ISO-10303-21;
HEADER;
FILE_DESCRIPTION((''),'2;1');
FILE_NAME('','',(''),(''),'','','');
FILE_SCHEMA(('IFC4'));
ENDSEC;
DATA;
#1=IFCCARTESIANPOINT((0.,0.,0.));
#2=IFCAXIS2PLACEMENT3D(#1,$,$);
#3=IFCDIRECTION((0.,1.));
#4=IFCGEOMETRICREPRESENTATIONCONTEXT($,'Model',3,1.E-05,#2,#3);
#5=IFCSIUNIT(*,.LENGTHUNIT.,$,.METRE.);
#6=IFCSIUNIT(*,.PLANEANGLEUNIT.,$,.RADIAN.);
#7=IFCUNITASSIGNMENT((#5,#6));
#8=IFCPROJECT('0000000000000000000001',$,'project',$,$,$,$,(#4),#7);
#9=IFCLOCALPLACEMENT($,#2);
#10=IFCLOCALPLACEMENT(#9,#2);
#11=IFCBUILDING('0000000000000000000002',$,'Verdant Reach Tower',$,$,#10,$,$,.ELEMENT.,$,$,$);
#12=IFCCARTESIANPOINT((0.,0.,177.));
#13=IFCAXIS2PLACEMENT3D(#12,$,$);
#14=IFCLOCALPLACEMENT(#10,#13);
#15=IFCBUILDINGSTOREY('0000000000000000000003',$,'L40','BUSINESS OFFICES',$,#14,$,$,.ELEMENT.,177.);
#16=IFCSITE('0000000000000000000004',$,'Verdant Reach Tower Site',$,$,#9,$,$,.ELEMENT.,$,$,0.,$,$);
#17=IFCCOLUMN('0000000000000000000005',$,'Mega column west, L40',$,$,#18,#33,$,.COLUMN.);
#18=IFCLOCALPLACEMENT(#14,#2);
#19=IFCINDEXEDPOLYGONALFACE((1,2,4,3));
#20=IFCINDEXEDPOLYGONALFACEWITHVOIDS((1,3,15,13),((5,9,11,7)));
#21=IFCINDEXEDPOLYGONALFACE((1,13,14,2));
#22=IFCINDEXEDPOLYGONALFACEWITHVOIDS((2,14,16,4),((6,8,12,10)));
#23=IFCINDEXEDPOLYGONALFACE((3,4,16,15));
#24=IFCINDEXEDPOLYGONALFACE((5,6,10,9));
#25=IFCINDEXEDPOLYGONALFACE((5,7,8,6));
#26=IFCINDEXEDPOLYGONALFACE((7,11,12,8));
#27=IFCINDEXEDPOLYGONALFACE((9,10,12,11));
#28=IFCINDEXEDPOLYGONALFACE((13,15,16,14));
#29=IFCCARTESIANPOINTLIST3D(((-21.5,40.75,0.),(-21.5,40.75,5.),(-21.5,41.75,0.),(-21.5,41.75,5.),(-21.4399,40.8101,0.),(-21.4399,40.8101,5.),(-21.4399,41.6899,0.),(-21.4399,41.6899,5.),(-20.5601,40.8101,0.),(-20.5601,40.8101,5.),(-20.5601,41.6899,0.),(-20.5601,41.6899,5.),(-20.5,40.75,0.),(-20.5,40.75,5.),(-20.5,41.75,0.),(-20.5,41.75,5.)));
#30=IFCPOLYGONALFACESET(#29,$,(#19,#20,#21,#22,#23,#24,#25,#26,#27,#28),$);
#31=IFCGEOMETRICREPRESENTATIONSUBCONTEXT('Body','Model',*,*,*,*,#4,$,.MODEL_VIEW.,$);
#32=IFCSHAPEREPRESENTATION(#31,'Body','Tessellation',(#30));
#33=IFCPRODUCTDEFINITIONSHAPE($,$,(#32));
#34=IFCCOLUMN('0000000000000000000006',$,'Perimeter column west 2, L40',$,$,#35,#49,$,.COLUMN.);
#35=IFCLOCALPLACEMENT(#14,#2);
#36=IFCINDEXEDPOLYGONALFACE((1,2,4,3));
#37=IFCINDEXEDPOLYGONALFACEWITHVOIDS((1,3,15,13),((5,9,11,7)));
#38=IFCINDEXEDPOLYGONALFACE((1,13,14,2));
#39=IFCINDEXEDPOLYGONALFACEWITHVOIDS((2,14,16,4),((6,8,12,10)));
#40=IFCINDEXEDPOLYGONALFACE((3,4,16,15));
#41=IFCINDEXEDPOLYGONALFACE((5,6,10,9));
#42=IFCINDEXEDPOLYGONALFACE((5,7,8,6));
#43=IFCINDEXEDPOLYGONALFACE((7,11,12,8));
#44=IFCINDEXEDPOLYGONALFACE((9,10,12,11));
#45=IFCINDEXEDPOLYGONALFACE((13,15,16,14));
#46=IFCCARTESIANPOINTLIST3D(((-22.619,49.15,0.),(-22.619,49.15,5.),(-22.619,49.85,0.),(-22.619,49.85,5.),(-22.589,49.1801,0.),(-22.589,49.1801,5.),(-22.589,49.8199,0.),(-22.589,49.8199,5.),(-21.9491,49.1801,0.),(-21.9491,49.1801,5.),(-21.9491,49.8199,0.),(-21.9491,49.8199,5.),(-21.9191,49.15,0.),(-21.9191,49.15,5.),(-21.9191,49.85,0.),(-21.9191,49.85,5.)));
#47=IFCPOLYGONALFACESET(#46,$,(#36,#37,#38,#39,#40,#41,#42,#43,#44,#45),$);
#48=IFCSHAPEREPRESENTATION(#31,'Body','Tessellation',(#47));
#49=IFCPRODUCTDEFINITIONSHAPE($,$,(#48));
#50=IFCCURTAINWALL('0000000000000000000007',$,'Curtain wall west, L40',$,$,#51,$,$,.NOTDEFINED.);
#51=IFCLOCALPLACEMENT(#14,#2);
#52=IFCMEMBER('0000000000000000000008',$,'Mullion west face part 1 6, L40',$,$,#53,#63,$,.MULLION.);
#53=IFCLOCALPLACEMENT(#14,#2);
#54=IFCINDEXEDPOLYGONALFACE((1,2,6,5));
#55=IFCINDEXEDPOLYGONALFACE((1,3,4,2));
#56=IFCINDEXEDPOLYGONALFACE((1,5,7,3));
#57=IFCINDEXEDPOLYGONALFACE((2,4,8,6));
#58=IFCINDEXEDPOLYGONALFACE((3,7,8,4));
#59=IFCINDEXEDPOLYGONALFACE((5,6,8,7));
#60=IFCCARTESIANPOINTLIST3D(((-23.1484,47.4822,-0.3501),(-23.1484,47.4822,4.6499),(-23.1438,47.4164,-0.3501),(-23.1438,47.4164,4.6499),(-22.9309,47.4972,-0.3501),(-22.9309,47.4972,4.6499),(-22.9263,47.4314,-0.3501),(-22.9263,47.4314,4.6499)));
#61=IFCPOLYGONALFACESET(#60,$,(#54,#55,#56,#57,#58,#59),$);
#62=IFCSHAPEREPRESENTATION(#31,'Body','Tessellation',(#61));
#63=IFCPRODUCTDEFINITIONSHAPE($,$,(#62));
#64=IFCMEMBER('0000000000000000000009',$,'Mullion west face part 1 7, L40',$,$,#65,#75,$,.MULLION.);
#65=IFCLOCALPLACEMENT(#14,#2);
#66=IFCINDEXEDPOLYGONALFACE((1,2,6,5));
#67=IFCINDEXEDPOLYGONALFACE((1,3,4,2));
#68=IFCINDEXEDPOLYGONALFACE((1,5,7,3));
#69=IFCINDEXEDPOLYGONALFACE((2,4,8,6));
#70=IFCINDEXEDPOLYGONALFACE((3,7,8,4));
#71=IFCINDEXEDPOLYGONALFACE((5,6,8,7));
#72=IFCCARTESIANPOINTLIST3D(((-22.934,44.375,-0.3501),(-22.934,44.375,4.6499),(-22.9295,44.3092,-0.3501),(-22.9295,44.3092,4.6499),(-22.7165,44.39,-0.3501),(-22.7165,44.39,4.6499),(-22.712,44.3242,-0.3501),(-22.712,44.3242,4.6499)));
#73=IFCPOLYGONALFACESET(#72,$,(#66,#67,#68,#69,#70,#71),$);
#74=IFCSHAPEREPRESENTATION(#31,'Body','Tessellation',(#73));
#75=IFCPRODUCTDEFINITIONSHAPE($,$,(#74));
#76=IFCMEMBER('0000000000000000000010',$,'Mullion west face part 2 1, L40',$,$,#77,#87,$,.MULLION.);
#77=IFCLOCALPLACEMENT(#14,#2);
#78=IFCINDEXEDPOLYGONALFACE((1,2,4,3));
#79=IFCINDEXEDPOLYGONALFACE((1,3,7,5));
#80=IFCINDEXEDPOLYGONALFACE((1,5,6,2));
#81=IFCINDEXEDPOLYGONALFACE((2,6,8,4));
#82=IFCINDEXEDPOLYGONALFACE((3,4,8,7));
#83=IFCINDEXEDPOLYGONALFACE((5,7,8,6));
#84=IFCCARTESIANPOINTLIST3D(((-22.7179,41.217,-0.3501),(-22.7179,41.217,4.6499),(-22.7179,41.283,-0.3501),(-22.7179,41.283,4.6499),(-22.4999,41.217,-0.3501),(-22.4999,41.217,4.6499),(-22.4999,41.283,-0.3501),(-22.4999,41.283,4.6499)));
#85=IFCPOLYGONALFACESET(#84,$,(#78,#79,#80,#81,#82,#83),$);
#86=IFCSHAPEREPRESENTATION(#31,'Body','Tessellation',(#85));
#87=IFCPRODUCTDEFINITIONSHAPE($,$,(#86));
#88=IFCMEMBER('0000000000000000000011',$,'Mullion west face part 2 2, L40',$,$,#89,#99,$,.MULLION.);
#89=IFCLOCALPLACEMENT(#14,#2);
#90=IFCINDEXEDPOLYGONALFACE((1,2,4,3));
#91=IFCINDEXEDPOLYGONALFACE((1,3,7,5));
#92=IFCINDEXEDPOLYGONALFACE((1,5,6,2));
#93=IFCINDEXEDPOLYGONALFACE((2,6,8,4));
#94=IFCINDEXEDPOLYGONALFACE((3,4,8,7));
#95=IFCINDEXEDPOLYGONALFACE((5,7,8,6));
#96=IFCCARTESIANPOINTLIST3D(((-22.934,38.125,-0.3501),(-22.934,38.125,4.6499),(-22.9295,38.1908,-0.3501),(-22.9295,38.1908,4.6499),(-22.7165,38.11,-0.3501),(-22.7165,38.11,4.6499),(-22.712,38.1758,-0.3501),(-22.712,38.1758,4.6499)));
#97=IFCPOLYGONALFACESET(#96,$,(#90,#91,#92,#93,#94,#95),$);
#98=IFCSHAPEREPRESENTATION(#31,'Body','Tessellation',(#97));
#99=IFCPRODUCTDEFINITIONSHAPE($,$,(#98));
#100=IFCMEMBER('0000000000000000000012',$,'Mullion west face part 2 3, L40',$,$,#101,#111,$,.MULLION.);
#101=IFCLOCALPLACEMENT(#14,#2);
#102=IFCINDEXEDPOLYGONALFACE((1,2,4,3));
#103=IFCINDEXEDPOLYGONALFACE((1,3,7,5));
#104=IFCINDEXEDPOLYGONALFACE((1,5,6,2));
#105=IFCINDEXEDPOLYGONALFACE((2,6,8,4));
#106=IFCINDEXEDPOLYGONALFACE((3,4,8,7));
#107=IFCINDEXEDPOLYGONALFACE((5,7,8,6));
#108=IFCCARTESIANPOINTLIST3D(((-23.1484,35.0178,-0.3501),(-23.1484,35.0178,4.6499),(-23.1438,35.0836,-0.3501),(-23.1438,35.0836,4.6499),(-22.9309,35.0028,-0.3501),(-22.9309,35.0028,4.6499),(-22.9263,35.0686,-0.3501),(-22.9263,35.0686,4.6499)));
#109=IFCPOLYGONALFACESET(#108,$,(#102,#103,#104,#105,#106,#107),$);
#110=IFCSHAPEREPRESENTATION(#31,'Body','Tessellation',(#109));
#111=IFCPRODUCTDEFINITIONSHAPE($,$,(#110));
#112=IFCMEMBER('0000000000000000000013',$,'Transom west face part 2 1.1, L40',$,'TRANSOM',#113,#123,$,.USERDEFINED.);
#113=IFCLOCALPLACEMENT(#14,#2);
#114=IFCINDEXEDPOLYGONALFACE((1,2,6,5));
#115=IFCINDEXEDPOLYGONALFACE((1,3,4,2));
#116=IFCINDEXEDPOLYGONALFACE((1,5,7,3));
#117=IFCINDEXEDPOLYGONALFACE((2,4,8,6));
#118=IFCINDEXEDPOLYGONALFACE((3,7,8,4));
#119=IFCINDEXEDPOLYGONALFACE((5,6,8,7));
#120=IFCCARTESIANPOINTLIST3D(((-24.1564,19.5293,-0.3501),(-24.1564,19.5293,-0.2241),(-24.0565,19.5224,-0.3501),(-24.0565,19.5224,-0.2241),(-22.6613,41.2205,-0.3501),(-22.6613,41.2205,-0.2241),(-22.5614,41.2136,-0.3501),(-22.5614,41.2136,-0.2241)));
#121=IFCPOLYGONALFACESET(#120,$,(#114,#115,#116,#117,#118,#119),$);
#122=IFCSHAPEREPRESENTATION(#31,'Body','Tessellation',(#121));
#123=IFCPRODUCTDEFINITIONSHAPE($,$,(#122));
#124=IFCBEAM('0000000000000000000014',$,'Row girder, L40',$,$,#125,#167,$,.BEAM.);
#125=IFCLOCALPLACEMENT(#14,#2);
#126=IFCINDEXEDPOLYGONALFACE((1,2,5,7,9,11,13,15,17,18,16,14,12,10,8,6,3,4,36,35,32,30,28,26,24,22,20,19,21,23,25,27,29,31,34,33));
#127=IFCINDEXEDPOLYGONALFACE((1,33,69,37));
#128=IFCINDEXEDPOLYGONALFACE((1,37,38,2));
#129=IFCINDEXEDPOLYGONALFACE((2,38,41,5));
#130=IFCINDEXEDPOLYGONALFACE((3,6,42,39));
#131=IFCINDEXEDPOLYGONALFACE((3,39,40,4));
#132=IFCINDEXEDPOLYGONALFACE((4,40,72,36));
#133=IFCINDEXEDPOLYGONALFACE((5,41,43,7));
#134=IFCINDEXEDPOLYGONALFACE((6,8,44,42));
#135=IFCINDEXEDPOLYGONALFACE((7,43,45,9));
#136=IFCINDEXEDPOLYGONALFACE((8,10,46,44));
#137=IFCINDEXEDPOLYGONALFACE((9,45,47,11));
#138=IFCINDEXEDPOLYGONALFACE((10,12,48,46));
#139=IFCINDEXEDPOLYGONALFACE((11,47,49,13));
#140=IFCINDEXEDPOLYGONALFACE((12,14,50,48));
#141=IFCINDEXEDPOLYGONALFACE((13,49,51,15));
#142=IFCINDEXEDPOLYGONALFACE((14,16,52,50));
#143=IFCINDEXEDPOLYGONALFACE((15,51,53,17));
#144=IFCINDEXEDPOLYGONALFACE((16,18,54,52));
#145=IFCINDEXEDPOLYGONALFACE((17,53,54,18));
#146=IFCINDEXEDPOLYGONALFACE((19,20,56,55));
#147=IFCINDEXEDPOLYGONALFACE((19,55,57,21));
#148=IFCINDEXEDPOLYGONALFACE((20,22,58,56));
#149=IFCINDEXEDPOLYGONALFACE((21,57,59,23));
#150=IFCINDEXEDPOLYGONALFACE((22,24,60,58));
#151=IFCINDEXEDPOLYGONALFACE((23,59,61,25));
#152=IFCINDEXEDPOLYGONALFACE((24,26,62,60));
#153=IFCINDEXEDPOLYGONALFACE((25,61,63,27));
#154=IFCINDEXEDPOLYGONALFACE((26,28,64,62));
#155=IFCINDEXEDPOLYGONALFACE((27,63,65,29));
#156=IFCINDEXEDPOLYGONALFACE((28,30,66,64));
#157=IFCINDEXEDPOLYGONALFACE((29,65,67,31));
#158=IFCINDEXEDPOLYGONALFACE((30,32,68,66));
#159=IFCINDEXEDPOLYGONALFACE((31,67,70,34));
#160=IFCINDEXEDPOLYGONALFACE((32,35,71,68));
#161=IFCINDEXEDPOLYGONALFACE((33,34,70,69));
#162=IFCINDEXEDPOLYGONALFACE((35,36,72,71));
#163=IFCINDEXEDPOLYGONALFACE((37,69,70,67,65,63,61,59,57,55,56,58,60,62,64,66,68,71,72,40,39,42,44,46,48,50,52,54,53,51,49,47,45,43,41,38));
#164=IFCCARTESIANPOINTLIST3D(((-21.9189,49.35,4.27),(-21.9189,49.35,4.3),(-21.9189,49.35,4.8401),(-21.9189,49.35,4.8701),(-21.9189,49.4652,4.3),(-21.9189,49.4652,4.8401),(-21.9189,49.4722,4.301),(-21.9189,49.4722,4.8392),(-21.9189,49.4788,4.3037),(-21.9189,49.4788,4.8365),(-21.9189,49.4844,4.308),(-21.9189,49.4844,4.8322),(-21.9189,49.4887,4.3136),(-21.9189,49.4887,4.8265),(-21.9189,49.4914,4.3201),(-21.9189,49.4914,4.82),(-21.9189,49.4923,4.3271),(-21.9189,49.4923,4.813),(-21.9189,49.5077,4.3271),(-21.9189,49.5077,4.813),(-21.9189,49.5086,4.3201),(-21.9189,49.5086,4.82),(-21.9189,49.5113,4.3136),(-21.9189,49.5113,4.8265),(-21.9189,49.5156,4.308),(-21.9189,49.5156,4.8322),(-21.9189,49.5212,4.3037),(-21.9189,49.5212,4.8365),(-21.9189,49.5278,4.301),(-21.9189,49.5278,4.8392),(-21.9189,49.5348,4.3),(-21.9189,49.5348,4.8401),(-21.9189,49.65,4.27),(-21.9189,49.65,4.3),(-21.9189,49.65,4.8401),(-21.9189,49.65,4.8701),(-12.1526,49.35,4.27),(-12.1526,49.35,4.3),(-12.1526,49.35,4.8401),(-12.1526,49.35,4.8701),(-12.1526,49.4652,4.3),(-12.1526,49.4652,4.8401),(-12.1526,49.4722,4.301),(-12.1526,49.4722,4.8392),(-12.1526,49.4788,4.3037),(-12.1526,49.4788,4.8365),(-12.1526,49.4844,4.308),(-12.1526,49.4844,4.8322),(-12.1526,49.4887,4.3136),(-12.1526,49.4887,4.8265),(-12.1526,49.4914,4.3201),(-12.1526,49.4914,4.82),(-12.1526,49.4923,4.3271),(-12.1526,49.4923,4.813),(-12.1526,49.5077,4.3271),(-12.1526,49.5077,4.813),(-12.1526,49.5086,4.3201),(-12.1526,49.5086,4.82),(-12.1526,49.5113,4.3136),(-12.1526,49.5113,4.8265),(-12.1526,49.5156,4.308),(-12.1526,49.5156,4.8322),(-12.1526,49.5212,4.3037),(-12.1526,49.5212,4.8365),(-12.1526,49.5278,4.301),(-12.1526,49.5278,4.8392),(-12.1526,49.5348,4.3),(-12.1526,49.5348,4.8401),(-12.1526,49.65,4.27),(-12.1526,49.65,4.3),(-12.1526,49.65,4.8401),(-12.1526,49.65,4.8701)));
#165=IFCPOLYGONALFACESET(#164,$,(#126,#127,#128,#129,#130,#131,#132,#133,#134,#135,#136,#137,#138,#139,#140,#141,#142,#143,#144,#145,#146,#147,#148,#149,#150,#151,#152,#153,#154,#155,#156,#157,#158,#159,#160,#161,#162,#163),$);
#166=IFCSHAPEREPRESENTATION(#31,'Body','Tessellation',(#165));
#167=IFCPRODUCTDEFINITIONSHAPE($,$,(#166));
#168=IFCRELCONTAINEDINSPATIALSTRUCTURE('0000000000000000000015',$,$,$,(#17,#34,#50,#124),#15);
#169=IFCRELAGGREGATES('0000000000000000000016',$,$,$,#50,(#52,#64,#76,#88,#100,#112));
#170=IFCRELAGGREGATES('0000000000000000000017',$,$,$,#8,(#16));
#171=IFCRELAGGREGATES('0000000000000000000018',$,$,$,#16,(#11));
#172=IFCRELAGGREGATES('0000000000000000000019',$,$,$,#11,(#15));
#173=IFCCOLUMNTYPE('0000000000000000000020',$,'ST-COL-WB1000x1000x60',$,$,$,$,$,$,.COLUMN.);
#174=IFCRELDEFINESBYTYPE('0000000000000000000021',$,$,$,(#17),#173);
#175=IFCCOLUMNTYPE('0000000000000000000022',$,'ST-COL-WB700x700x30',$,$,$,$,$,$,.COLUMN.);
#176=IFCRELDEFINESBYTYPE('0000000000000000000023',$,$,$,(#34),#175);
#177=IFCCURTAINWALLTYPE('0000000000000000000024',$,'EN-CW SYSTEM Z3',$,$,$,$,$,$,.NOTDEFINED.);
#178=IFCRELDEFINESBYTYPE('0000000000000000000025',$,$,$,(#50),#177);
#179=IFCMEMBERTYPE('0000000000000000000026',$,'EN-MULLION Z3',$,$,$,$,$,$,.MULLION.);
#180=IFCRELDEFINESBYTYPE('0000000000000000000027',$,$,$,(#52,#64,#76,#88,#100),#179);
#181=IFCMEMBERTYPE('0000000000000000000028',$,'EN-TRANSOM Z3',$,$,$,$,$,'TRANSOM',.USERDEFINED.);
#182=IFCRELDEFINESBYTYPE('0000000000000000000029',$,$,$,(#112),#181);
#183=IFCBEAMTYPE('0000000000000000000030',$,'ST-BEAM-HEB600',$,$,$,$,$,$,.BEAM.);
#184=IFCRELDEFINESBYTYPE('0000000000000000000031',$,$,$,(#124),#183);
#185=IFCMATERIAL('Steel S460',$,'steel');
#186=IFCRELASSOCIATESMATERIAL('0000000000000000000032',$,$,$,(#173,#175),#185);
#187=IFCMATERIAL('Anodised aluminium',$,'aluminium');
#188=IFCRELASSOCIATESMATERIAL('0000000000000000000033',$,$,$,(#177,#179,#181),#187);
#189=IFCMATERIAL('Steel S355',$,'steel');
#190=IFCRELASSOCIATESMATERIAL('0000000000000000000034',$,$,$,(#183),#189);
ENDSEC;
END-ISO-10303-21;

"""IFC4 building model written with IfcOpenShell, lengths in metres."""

from ifc_helpers import new_model, si_unit, direction, frame, origin, origin_2d, place, context, subcontext, project, spatial, rectangle, hollow_rectangle, i_section, extrude, material, material_profile, profile_set, type_object, element, aggregate, save


model = new_model("IFC4")

# Units and contexts
model_context = context("Model", 3, precision=1e-05, world=origin(), true_north=direction((0.0, 1.0)))
body_context = subcontext(model_context, "Body", "Model", "MODEL_VIEW")
ifc_project = project(units=[si_unit("LENGTHUNIT", "METRE"), si_unit("PLANEANGLEUNIT", "RADIAN")], contexts=[model_context])

# Site, building, storey
site_placement = place(None, origin())
site = spatial("IfcSite", under=ifc_project, at=site_placement, Name="Verdant Reach Tower Site", CompositionType="ELEMENT", RefElevation=0.0)
building_placement = place(site_placement, origin())
building = spatial("IfcBuilding", under=site, at=building_placement, Name="Verdant Reach Tower", CompositionType="ELEMENT")
storey_placement = place(building_placement, frame((0.0, 0.0, 177.0)))
storey = spatial("IfcBuildingStorey", under=building, at=storey_placement, Name="L40", Description="BUSINESS OFFICES", CompositionType="ELEMENT", Elevation=177.0)

# Columns
ifc_material_1 = material(Name="Steel S460", Category="steel")
ifc_material_profile_1 = material_profile(ifc_material_1, hollow_rectangle(XDim=1.0, YDim=1.0, WallThickness=0.0601, at=origin_2d()), Name="WB 1000x1000x60")
ifc_profile_set_1 = profile_set([ifc_material_profile_1], Name="Steel S460")
column_type_1 = type_object("IfcColumnType", Name="ST-COL-WB1000x1000x60", PredefinedType="COLUMN", material=ifc_profile_set_1)
column_1_placement = place(storey_placement, frame((-21.0, 41.25, 0.0), z_axis=(0.0, 0.0, 1.0), x_axis=(1.0, 0.0, 0.0)))
element("IfcColumn", 1, at=column_1_placement, inside=storey, type_object=column_type_1, Name="Mega column west, L40", PredefinedType="COLUMN", context=body_context, shape_type="SweptSolid", body=[
    extrude(hollow_rectangle(XDim=1.0, YDim=1.0, WallThickness=0.0601, at=origin_2d()), origin(), (0.0, 0.0, 1.0), 5.0),
])
ifc_material_profile_2 = material_profile(ifc_material_1, hollow_rectangle(XDim=0.7, YDim=0.7, WallThickness=0.03, at=origin_2d()), Name="WB 700x700x30")
ifc_profile_set_2 = profile_set([ifc_material_profile_2], Name="Steel S460")
column_type_2 = type_object("IfcColumnType", Name="ST-COL-WB700x700x30", PredefinedType="COLUMN", material=ifc_profile_set_2)
column_2_placement = place(storey_placement, frame((-22.269, 49.5, 0.0), z_axis=(0.0, 0.0, 1.0), x_axis=(1.0, 0.0, 0.0)))
element("IfcColumn", 2, at=column_2_placement, inside=storey, type_object=column_type_2, Name="Perimeter column west 2, L40", PredefinedType="COLUMN", context=body_context, shape_type="SweptSolid", body=[
    extrude(hollow_rectangle(XDim=0.7, YDim=0.7, WallThickness=0.03, at=origin_2d()), origin(), (0.0, 0.0, 1.0), 5.0),
])

# Curtain wall, members
ifc_material_2 = material(Name="Anodised aluminium", Category="aluminium")
curtain_wall_type = type_object("IfcCurtainWallType", Name="EN-CW SYSTEM Z3", PredefinedType="NOTDEFINED", material=ifc_material_2)
curtain_wall_placement = place(storey_placement, origin())
curtain_wall = element("IfcCurtainWall", 3, at=curtain_wall_placement, inside=storey, type_object=curtain_wall_type, Name="Curtain wall west, L40", PredefinedType="NOTDEFINED")
ifc_material_profile_3 = material_profile(ifc_material_2, rectangle(XDim=0.218, YDim=0.0659, at=origin_2d()), Name="Mullion 66x218")
ifc_profile_set_3 = profile_set([ifc_material_profile_3], Name="Anodised aluminium")
member_type_1 = type_object("IfcMemberType", Name="EN-MULLION Z3", PredefinedType="MULLION", material=ifc_profile_set_3)
member_1_placement = place(storey_placement, frame((-23.0374, 47.4568, -0.3501), z_axis=(0.0, 0.0, 1.0), x_axis=(-0.99763, -0.068802, 0.0)))
member_1 = element("IfcMember", 4, at=member_1_placement, type_object=member_type_1, Name="Mullion west face part 1 6, L40", PredefinedType="MULLION", context=body_context, shape_type="SweptSolid", body=[
    extrude(rectangle(XDim=0.218, YDim=0.0659, at=origin_2d()), origin(), (0.0, 0.0, 1.0), 5.0),
])
member_2_placement = place(storey_placement, frame((-22.823, 44.3496, -0.3501), z_axis=(0.0, 0.0, 1.0), x_axis=(-0.99763, -0.068802, 0.0)))
member_2 = element("IfcMember", 5, at=member_2_placement, type_object=member_type_1, Name="Mullion west face part 1 7, L40", PredefinedType="MULLION", context=body_context, shape_type="SweptSolid", body=[
    extrude(rectangle(XDim=0.218, YDim=0.0659, at=origin_2d()), origin(), (0.0, 0.0, 1.0), 5.0),
])
member_3_placement = place(storey_placement, frame((-22.6089, 41.25, -0.3501), z_axis=(0.0, 0.0, 1.0), x_axis=(-1.0, 0.0, 0.0)))
member_3 = element("IfcMember", 6, at=member_3_placement, type_object=member_type_1, Name="Mullion west face part 2 1, L40", PredefinedType="MULLION", context=body_context, shape_type="SweptSolid", body=[
    extrude(rectangle(XDim=0.218, YDim=0.0659, at=origin_2d()), origin(), (0.0, 0.0, 1.0), 5.0),
])
member_4_placement = place(storey_placement, frame((-22.823, 38.1504, -0.3501), z_axis=(0.0, 0.0, 1.0), x_axis=(-0.99763, 0.068802, 0.0)))
member_4 = element("IfcMember", 7, at=member_4_placement, type_object=member_type_1, Name="Mullion west face part 2 2, L40", PredefinedType="MULLION", context=body_context, shape_type="SweptSolid", body=[
    extrude(rectangle(XDim=0.218, YDim=0.0659, at=origin_2d()), origin(), (0.0, 0.0, 1.0), 5.0),
])
member_5_placement = place(storey_placement, frame((-23.0374, 35.0432, -0.3501), z_axis=(0.0, 0.0, 1.0), x_axis=(-0.99763, 0.068802, 0.0)))
member_5 = element("IfcMember", 8, at=member_5_placement, type_object=member_type_1, Name="Mullion west face part 2 3, L40", PredefinedType="MULLION", context=body_context, shape_type="SweptSolid", body=[
    extrude(rectangle(XDim=0.218, YDim=0.0659, at=origin_2d()), origin(), (0.0, 0.0, 1.0), 5.0),
])
ifc_material_profile_4 = material_profile(ifc_material_2, rectangle(XDim=0.1001, YDim=0.126, at=origin_2d()), Name="Transom 126x100")
ifc_profile_set_4 = profile_set([ifc_material_profile_4], Name="Anodised aluminium")
member_type_2 = type_object("IfcMemberType", Name="EN-TRANSOM Z3", ElementType="TRANSOM", PredefinedType="USERDEFINED", material=ifc_profile_set_4)
member_6_placement = place(storey_placement, frame((-22.6113, 41.217, -0.2871), z_axis=(-0.068764, -0.997633, 0.0), x_axis=(0.997633, -0.068764, 0.0)))
member_6 = element("IfcMember", 9, at=member_6_placement, type_object=member_type_2, Name="Transom west face part 2 1.1, L40", ObjectType="TRANSOM", PredefinedType="USERDEFINED", context=body_context, shape_type="SweptSolid", body=[
    extrude(rectangle(XDim=0.1001, YDim=0.126, at=origin_2d()), origin(), (0.0, 0.0, 1.0), 21.7427),
])

# Beam
ifc_material_3 = material(Name="Steel S355", Category="steel")
ifc_material_profile_5 = material_profile(ifc_material_3, i_section(OverallWidth=0.3, OverallDepth=0.6001, WebThickness=0.0154, FlangeThickness=0.03, FilletRadius=0.0271, at=origin_2d()), Name="HEB 600")
ifc_profile_set_5 = profile_set([ifc_material_profile_5], Name="Steel S355")
beam_type_1 = type_object("IfcBeamType", Name="ST-BEAM-HEB600", PredefinedType="BEAM", material=ifc_profile_set_5)
beam_1_placement = place(storey_placement, frame((-21.9189, 49.5, 4.5701), z_axis=(1.0, 0.0, 0.0), x_axis=(0.0, 1.0, 0.0)))
element("IfcBeam", 10, at=beam_1_placement, inside=storey, type_object=beam_type_1, Name="Row girder, L40", PredefinedType="BEAM", context=body_context, shape_type="SweptSolid", body=[
    extrude(i_section(OverallWidth=0.3, OverallDepth=0.6001, WebThickness=0.0154, FlangeThickness=0.03, FilletRadius=0.0271, at=origin_2d()), origin(), (0.0, 0.0, 1.0), 9.7664),
])

aggregate(curtain_wall, [member_1, member_2, member_3, member_4, member_5, member_6])

save(model, "model.ifc")
